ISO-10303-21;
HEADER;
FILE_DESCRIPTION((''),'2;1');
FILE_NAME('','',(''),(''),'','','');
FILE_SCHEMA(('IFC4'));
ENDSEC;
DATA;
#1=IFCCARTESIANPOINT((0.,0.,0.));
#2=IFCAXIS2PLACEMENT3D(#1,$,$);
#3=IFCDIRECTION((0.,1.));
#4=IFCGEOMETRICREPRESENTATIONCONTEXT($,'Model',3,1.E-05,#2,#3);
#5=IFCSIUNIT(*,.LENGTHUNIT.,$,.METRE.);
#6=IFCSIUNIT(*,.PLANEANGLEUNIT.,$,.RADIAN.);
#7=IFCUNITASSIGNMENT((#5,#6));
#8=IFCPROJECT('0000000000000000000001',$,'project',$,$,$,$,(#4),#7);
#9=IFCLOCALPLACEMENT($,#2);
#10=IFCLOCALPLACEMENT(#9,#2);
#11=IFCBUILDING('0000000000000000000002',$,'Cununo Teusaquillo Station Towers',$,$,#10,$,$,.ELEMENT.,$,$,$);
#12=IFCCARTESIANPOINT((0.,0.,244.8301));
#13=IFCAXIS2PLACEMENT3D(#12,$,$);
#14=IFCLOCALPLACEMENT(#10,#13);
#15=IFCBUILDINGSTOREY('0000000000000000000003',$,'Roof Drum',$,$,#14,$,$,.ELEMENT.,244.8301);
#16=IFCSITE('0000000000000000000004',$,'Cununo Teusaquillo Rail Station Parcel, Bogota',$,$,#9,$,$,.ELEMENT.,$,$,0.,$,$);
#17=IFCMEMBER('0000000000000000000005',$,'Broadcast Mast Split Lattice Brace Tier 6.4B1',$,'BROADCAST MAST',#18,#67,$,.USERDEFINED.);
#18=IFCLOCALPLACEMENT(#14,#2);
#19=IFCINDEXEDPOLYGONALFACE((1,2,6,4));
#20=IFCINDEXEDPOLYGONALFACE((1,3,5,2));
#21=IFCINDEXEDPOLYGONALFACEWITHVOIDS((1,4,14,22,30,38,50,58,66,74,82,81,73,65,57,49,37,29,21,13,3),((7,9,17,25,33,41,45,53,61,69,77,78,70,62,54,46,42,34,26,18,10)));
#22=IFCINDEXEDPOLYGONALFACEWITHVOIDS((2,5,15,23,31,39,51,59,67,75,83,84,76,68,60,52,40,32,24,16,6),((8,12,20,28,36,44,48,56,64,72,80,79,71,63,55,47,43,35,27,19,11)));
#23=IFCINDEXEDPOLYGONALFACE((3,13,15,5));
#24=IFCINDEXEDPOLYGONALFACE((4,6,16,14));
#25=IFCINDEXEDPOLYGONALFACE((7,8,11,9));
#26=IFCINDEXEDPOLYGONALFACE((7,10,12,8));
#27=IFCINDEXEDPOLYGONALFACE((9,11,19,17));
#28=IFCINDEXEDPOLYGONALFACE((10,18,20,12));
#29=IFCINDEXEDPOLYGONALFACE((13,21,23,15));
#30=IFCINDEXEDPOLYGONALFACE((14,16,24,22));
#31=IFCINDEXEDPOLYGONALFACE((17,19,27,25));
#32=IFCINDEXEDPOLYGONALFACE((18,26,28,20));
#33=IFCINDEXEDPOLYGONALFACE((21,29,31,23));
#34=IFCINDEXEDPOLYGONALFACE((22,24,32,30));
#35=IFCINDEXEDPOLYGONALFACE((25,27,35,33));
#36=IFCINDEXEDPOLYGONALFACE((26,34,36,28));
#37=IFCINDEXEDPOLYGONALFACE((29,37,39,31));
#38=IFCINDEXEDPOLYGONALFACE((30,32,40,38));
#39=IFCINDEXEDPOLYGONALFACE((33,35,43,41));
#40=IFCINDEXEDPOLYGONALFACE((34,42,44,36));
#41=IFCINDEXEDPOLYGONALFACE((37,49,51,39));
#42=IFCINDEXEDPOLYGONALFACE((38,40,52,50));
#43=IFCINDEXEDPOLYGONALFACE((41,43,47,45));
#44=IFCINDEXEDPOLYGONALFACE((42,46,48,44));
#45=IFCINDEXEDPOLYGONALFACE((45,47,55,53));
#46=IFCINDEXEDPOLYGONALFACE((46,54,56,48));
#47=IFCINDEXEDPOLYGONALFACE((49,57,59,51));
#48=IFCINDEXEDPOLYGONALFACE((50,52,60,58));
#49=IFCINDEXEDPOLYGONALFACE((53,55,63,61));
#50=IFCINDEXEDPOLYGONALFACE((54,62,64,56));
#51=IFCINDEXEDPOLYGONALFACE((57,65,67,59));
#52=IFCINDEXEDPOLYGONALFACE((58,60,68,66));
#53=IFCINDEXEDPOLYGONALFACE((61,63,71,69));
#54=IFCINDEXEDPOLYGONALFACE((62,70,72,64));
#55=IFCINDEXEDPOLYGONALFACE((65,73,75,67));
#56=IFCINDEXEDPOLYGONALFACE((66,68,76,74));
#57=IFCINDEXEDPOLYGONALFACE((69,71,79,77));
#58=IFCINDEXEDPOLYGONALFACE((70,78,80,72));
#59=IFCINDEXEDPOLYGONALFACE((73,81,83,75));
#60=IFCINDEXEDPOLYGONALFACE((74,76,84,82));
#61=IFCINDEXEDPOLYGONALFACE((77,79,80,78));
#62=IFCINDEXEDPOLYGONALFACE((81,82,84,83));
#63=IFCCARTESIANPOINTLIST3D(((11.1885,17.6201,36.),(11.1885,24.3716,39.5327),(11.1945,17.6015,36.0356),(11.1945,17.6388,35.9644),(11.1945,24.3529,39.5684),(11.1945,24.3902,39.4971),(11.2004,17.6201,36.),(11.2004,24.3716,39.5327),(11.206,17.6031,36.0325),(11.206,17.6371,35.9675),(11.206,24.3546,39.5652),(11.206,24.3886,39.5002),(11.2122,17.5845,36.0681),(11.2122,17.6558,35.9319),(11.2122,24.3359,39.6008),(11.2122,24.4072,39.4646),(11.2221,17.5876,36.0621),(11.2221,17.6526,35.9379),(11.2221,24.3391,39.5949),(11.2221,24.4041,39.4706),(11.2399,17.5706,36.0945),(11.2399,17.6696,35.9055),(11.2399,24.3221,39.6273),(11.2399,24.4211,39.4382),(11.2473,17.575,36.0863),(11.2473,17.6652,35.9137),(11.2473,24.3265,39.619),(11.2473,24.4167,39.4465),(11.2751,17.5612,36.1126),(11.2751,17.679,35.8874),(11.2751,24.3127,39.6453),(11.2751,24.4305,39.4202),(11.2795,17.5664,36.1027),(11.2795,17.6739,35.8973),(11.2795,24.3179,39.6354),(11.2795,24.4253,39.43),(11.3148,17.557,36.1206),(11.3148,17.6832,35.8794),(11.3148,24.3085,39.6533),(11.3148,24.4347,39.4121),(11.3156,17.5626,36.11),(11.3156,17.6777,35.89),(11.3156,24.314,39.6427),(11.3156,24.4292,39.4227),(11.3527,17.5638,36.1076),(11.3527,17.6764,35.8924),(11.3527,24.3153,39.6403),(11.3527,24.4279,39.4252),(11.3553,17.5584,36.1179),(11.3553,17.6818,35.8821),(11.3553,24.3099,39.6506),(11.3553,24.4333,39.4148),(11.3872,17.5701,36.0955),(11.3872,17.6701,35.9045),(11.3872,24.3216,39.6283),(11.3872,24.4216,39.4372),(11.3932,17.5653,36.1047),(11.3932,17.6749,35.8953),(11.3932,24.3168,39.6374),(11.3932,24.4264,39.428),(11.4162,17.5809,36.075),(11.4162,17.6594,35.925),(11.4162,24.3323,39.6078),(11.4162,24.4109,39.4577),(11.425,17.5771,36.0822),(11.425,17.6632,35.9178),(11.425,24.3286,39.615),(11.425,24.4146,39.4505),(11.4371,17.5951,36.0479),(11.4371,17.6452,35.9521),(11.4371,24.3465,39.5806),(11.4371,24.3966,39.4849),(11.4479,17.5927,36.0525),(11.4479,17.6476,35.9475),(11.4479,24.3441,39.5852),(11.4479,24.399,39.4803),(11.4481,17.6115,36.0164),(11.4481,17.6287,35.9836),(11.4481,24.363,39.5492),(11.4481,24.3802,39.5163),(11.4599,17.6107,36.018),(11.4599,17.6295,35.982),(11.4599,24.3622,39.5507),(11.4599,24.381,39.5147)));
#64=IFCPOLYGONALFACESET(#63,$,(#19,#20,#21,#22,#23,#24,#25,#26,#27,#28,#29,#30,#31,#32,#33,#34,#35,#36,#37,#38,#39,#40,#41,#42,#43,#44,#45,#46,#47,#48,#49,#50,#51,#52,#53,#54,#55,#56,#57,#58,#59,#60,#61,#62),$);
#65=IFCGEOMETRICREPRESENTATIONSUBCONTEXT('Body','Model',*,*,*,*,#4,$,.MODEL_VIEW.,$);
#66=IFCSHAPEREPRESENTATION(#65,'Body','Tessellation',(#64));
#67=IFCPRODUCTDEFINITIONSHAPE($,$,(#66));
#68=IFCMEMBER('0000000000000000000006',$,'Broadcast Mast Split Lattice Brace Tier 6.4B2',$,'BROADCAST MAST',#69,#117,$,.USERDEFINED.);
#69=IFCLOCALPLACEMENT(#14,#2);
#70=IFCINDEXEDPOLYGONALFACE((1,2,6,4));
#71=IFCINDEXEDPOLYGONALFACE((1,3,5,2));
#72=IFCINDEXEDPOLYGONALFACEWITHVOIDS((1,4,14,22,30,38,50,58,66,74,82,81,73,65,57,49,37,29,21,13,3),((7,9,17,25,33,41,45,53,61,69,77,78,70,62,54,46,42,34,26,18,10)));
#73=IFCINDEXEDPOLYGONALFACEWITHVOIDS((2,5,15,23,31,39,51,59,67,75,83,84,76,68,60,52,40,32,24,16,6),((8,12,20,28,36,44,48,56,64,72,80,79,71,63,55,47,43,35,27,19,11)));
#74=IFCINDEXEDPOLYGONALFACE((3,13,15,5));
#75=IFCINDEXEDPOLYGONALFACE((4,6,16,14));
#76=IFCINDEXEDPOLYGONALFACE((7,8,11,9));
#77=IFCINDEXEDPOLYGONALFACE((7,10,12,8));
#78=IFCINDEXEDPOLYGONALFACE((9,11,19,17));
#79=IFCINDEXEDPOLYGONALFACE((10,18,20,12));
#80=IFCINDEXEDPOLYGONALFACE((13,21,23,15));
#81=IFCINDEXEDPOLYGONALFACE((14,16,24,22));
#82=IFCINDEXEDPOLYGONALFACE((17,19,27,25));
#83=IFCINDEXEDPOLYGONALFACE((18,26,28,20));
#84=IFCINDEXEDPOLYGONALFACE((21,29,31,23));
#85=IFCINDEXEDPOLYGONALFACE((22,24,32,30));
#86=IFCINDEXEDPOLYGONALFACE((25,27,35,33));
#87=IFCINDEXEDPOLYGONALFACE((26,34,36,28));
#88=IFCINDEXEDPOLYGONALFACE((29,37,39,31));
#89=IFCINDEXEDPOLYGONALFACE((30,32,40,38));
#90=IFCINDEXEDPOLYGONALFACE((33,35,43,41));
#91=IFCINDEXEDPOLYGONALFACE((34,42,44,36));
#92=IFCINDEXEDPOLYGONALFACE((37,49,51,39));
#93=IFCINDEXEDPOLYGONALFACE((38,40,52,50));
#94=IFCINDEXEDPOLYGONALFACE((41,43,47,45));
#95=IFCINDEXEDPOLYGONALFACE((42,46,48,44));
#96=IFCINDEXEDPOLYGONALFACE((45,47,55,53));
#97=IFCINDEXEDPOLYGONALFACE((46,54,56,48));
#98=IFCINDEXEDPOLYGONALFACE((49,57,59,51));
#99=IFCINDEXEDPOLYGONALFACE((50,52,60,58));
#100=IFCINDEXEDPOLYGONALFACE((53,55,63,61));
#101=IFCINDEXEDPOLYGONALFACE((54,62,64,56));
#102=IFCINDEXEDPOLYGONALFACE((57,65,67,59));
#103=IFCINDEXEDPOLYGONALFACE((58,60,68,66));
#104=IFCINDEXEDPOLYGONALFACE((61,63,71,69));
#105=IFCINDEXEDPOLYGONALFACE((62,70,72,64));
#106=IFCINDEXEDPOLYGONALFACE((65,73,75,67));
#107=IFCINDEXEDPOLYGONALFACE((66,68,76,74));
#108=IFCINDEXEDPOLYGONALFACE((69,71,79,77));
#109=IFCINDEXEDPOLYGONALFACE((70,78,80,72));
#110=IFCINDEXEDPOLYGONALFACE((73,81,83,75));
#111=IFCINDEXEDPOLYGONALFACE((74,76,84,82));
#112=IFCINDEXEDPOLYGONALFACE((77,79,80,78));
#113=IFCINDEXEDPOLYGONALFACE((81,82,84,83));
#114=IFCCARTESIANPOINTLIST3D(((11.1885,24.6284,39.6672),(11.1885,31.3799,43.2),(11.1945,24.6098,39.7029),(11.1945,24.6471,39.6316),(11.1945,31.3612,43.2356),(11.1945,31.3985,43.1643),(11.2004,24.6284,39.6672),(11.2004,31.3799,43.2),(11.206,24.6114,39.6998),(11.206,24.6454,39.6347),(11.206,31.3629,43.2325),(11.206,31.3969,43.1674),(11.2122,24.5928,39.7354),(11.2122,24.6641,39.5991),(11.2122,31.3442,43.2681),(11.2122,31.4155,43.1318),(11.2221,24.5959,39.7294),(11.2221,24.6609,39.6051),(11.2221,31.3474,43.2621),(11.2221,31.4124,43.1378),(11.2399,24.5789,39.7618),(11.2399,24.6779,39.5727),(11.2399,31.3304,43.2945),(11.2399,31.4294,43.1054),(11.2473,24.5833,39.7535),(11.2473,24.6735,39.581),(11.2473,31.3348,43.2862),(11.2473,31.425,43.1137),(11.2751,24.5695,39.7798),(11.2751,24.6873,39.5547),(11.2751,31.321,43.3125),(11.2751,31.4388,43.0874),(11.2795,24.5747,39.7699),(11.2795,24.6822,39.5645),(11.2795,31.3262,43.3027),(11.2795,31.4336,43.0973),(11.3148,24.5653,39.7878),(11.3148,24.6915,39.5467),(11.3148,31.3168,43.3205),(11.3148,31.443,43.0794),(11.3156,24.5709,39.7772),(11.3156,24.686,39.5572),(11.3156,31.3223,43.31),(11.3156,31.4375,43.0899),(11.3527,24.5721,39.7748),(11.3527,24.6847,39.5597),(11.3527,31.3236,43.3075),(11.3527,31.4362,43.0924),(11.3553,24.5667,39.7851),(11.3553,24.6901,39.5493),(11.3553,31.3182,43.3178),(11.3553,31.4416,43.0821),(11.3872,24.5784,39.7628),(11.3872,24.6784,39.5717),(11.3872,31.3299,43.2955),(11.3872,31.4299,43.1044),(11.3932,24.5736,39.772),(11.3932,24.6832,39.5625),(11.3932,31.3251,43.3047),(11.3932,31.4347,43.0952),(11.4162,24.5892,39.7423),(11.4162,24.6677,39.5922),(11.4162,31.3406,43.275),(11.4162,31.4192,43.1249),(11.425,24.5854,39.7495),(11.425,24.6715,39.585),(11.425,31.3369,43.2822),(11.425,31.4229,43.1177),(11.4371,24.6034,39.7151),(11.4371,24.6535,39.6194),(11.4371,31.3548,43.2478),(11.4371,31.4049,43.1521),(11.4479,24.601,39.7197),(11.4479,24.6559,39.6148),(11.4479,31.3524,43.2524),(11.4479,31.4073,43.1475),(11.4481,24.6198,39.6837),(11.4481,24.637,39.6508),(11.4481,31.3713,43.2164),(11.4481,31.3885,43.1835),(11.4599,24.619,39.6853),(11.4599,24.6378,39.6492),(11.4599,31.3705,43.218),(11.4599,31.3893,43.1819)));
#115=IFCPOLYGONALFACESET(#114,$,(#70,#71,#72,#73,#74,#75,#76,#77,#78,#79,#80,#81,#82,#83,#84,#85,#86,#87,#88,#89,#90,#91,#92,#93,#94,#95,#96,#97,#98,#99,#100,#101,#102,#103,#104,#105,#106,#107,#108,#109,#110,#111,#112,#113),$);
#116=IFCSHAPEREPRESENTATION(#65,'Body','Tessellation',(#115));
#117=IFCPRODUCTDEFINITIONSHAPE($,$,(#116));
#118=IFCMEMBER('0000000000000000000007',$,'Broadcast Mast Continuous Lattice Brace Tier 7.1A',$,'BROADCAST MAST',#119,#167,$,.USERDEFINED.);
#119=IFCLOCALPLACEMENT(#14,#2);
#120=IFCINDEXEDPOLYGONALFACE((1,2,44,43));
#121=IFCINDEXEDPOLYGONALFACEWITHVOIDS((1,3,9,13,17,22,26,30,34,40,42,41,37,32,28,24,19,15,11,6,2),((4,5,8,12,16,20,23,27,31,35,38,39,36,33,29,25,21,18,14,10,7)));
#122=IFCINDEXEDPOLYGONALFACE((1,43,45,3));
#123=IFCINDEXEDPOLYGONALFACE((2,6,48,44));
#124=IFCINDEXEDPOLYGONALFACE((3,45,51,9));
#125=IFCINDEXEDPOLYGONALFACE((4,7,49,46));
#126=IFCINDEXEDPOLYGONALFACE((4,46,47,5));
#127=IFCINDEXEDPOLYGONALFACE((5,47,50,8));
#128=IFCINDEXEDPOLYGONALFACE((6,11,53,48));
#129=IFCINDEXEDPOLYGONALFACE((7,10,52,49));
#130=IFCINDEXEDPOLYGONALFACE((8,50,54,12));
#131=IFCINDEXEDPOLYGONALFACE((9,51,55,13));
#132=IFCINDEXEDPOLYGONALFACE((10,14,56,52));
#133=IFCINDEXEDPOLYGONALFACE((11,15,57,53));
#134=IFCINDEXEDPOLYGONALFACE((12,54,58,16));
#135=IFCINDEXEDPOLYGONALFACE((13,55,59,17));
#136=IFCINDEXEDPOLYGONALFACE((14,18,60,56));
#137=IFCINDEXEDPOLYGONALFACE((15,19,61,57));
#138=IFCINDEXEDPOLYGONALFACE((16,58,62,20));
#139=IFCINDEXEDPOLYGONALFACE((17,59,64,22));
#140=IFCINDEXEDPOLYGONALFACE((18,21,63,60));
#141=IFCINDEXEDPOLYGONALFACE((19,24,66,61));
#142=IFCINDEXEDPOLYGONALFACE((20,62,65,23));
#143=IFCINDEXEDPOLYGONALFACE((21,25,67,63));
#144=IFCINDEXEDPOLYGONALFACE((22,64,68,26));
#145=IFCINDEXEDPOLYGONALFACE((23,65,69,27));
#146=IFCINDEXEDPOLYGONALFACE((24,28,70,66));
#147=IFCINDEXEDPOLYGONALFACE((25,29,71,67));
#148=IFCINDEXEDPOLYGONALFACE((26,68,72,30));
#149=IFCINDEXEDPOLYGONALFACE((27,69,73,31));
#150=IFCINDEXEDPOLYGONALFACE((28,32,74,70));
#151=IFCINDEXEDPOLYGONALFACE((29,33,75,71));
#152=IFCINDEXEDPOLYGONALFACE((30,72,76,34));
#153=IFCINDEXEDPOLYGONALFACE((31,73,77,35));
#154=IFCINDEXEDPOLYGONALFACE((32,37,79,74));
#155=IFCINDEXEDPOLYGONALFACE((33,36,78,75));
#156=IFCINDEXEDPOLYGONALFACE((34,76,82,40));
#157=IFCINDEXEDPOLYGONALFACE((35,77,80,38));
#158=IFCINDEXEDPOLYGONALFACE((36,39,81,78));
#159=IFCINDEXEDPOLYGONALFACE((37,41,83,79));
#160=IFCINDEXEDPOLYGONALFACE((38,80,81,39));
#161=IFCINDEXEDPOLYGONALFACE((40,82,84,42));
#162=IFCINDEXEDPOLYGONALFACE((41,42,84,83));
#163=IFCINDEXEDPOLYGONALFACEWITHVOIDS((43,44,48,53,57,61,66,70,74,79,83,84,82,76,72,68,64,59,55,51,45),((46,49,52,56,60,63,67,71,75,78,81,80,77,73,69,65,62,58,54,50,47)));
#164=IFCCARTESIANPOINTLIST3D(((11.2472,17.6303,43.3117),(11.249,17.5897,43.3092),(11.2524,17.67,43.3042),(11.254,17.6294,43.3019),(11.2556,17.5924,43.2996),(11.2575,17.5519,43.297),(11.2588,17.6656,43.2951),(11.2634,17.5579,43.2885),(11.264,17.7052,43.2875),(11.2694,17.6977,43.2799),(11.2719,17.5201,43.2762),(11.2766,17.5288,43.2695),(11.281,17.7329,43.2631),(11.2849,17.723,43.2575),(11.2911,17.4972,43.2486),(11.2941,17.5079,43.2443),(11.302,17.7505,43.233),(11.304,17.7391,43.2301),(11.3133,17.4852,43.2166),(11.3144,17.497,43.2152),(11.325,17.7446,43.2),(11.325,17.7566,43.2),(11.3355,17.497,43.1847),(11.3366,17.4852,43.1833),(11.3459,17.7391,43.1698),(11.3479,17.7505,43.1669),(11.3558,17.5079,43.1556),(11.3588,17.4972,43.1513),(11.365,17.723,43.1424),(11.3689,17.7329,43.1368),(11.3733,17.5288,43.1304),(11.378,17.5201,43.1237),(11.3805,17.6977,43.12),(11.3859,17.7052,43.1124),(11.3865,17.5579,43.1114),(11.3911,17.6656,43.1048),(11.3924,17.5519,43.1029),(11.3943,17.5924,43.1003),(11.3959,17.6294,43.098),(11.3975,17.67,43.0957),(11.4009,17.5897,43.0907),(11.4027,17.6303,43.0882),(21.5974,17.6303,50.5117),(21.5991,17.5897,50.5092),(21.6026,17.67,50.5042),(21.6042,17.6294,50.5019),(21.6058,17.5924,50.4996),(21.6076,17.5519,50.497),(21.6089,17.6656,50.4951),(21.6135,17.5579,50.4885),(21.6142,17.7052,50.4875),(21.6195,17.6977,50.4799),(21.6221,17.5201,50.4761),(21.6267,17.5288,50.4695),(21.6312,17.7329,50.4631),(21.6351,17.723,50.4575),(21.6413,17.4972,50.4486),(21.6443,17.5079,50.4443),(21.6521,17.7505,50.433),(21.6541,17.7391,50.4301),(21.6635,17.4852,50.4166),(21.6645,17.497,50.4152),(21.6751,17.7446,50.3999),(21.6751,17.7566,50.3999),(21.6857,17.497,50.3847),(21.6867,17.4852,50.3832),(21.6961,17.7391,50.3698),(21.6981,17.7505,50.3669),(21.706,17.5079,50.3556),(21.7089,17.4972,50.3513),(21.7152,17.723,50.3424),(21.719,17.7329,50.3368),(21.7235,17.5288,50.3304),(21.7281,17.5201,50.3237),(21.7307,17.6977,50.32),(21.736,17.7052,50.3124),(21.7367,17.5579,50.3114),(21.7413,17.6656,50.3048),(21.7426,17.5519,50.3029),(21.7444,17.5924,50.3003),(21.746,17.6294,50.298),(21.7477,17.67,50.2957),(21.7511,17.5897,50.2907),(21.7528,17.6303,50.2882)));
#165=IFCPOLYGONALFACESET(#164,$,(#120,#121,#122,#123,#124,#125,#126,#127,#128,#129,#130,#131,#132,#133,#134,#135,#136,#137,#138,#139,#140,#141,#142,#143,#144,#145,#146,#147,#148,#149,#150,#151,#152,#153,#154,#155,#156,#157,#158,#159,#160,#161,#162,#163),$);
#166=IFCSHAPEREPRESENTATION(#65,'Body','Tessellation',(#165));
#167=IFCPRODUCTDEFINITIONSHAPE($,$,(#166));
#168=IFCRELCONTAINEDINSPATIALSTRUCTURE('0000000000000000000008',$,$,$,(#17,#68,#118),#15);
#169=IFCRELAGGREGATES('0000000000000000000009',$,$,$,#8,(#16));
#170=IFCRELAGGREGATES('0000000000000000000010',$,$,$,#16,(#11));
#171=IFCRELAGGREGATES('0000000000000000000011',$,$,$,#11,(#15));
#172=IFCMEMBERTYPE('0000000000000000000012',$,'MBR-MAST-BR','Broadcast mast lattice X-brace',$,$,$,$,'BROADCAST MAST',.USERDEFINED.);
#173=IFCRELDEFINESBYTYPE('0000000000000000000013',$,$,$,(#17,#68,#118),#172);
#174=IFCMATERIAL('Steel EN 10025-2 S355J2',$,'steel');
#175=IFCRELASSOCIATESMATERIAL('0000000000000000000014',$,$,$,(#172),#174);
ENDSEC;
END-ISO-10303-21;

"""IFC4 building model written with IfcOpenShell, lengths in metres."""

from ifc_helpers import new_model, si_unit, direction, frame, origin, origin_2d, place, context, subcontext, project, spatial, hollow_circle, extrude, material, material_profile, profile_set, type_object, element, save


model = new_model("IFC4")

# Units and contexts
model_context = context("Model", 3, precision=1e-05, world=origin(), true_north=direction((0.0, 1.0)))
body_context = subcontext(model_context, "Body", "Model", "MODEL_VIEW")
ifc_project = project(units=[si_unit("LENGTHUNIT", "METRE"), si_unit("PLANEANGLEUNIT", "RADIAN")], contexts=[model_context])

# Site, building, storey
site_placement = place(None, origin())
site = spatial("IfcSite", under=ifc_project, at=site_placement, Name="Cununo Teusaquillo Rail Station Parcel, Bogota", CompositionType="ELEMENT", RefElevation=0.0)
building_placement = place(site_placement, origin())
building = spatial("IfcBuilding", under=site, at=building_placement, Name="Cununo Teusaquillo Station Towers", CompositionType="ELEMENT")
storey_placement = place(building_placement, frame((0.0, 0.0, 244.8301)))
storey = spatial("IfcBuildingStorey", under=building, at=storey_placement, Name="Roof Drum", CompositionType="ELEMENT", Elevation=244.8301)

# Members
ifc_material_1 = material(Name="Steel EN 10025-2 S355J2", Category="steel")
ifc_material_profile_1 = material_profile(ifc_material_1, hollow_circle(Radius=0.1365, WallThickness=0.012, at=origin_2d()), Name="CHS 273x12")
ifc_profile_set_1 = profile_set([ifc_material_profile_1], Name="Steel EN 10025-2 S355J2")
member_type_1 = type_object("IfcMemberType", Name="MBR-MAST-BR", Description="Broadcast mast lattice X-brace", ElementType="BROADCAST MAST", PredefinedType="USERDEFINED", material=ifc_profile_set_1)
for number, where, z_axis, x_axis, name in (
    (1, (11.325, 17.6201, 36.0), (0.0, 0.886035, 0.463619), (-1.0, 0.0, 0.0), "Broadcast Mast Split Lattice Brace Tier 6.4B1"),
    (2, (11.325, 24.6284, 39.6672), (0.0, 0.886035, 0.463619), (-1.0, 0.0, 0.0), "Broadcast Mast Split Lattice Brace Tier 6.4B2"),
):
    element("IfcMember", number, at=place(storey_placement, frame(where, z_axis=z_axis, x_axis=x_axis)), inside=storey, type_object=member_type_1, Name=name, ObjectType="BROADCAST MAST", PredefinedType="USERDEFINED", context=body_context, shape_type="SweptSolid", body=[
        extrude(hollow_circle(Radius=0.1365, WallThickness=0.012, at=origin_2d()), origin(), (0.0, 0.0, 1.0), 7.6199),
    ])
member_1_placement = place(storey_placement, frame((11.325, 17.6201, 43.2), z_axis=(0.82091, 0.0, 0.571058), x_axis=(0.0, 1.0, 0.0)))
element("IfcMember", 3, at=member_1_placement, inside=storey, type_object=member_type_1, Name="Broadcast Mast Continuous Lattice Brace Tier 7.1A", ObjectType="BROADCAST MAST", PredefinedType="USERDEFINED", context=body_context, shape_type="SweptSolid", body=[
    extrude(hollow_circle(Radius=0.1365, WallThickness=0.012, at=origin_2d()), origin(), (0.0, 0.0, 1.0), 12.6082),
])

save(model, "model.ifc")
